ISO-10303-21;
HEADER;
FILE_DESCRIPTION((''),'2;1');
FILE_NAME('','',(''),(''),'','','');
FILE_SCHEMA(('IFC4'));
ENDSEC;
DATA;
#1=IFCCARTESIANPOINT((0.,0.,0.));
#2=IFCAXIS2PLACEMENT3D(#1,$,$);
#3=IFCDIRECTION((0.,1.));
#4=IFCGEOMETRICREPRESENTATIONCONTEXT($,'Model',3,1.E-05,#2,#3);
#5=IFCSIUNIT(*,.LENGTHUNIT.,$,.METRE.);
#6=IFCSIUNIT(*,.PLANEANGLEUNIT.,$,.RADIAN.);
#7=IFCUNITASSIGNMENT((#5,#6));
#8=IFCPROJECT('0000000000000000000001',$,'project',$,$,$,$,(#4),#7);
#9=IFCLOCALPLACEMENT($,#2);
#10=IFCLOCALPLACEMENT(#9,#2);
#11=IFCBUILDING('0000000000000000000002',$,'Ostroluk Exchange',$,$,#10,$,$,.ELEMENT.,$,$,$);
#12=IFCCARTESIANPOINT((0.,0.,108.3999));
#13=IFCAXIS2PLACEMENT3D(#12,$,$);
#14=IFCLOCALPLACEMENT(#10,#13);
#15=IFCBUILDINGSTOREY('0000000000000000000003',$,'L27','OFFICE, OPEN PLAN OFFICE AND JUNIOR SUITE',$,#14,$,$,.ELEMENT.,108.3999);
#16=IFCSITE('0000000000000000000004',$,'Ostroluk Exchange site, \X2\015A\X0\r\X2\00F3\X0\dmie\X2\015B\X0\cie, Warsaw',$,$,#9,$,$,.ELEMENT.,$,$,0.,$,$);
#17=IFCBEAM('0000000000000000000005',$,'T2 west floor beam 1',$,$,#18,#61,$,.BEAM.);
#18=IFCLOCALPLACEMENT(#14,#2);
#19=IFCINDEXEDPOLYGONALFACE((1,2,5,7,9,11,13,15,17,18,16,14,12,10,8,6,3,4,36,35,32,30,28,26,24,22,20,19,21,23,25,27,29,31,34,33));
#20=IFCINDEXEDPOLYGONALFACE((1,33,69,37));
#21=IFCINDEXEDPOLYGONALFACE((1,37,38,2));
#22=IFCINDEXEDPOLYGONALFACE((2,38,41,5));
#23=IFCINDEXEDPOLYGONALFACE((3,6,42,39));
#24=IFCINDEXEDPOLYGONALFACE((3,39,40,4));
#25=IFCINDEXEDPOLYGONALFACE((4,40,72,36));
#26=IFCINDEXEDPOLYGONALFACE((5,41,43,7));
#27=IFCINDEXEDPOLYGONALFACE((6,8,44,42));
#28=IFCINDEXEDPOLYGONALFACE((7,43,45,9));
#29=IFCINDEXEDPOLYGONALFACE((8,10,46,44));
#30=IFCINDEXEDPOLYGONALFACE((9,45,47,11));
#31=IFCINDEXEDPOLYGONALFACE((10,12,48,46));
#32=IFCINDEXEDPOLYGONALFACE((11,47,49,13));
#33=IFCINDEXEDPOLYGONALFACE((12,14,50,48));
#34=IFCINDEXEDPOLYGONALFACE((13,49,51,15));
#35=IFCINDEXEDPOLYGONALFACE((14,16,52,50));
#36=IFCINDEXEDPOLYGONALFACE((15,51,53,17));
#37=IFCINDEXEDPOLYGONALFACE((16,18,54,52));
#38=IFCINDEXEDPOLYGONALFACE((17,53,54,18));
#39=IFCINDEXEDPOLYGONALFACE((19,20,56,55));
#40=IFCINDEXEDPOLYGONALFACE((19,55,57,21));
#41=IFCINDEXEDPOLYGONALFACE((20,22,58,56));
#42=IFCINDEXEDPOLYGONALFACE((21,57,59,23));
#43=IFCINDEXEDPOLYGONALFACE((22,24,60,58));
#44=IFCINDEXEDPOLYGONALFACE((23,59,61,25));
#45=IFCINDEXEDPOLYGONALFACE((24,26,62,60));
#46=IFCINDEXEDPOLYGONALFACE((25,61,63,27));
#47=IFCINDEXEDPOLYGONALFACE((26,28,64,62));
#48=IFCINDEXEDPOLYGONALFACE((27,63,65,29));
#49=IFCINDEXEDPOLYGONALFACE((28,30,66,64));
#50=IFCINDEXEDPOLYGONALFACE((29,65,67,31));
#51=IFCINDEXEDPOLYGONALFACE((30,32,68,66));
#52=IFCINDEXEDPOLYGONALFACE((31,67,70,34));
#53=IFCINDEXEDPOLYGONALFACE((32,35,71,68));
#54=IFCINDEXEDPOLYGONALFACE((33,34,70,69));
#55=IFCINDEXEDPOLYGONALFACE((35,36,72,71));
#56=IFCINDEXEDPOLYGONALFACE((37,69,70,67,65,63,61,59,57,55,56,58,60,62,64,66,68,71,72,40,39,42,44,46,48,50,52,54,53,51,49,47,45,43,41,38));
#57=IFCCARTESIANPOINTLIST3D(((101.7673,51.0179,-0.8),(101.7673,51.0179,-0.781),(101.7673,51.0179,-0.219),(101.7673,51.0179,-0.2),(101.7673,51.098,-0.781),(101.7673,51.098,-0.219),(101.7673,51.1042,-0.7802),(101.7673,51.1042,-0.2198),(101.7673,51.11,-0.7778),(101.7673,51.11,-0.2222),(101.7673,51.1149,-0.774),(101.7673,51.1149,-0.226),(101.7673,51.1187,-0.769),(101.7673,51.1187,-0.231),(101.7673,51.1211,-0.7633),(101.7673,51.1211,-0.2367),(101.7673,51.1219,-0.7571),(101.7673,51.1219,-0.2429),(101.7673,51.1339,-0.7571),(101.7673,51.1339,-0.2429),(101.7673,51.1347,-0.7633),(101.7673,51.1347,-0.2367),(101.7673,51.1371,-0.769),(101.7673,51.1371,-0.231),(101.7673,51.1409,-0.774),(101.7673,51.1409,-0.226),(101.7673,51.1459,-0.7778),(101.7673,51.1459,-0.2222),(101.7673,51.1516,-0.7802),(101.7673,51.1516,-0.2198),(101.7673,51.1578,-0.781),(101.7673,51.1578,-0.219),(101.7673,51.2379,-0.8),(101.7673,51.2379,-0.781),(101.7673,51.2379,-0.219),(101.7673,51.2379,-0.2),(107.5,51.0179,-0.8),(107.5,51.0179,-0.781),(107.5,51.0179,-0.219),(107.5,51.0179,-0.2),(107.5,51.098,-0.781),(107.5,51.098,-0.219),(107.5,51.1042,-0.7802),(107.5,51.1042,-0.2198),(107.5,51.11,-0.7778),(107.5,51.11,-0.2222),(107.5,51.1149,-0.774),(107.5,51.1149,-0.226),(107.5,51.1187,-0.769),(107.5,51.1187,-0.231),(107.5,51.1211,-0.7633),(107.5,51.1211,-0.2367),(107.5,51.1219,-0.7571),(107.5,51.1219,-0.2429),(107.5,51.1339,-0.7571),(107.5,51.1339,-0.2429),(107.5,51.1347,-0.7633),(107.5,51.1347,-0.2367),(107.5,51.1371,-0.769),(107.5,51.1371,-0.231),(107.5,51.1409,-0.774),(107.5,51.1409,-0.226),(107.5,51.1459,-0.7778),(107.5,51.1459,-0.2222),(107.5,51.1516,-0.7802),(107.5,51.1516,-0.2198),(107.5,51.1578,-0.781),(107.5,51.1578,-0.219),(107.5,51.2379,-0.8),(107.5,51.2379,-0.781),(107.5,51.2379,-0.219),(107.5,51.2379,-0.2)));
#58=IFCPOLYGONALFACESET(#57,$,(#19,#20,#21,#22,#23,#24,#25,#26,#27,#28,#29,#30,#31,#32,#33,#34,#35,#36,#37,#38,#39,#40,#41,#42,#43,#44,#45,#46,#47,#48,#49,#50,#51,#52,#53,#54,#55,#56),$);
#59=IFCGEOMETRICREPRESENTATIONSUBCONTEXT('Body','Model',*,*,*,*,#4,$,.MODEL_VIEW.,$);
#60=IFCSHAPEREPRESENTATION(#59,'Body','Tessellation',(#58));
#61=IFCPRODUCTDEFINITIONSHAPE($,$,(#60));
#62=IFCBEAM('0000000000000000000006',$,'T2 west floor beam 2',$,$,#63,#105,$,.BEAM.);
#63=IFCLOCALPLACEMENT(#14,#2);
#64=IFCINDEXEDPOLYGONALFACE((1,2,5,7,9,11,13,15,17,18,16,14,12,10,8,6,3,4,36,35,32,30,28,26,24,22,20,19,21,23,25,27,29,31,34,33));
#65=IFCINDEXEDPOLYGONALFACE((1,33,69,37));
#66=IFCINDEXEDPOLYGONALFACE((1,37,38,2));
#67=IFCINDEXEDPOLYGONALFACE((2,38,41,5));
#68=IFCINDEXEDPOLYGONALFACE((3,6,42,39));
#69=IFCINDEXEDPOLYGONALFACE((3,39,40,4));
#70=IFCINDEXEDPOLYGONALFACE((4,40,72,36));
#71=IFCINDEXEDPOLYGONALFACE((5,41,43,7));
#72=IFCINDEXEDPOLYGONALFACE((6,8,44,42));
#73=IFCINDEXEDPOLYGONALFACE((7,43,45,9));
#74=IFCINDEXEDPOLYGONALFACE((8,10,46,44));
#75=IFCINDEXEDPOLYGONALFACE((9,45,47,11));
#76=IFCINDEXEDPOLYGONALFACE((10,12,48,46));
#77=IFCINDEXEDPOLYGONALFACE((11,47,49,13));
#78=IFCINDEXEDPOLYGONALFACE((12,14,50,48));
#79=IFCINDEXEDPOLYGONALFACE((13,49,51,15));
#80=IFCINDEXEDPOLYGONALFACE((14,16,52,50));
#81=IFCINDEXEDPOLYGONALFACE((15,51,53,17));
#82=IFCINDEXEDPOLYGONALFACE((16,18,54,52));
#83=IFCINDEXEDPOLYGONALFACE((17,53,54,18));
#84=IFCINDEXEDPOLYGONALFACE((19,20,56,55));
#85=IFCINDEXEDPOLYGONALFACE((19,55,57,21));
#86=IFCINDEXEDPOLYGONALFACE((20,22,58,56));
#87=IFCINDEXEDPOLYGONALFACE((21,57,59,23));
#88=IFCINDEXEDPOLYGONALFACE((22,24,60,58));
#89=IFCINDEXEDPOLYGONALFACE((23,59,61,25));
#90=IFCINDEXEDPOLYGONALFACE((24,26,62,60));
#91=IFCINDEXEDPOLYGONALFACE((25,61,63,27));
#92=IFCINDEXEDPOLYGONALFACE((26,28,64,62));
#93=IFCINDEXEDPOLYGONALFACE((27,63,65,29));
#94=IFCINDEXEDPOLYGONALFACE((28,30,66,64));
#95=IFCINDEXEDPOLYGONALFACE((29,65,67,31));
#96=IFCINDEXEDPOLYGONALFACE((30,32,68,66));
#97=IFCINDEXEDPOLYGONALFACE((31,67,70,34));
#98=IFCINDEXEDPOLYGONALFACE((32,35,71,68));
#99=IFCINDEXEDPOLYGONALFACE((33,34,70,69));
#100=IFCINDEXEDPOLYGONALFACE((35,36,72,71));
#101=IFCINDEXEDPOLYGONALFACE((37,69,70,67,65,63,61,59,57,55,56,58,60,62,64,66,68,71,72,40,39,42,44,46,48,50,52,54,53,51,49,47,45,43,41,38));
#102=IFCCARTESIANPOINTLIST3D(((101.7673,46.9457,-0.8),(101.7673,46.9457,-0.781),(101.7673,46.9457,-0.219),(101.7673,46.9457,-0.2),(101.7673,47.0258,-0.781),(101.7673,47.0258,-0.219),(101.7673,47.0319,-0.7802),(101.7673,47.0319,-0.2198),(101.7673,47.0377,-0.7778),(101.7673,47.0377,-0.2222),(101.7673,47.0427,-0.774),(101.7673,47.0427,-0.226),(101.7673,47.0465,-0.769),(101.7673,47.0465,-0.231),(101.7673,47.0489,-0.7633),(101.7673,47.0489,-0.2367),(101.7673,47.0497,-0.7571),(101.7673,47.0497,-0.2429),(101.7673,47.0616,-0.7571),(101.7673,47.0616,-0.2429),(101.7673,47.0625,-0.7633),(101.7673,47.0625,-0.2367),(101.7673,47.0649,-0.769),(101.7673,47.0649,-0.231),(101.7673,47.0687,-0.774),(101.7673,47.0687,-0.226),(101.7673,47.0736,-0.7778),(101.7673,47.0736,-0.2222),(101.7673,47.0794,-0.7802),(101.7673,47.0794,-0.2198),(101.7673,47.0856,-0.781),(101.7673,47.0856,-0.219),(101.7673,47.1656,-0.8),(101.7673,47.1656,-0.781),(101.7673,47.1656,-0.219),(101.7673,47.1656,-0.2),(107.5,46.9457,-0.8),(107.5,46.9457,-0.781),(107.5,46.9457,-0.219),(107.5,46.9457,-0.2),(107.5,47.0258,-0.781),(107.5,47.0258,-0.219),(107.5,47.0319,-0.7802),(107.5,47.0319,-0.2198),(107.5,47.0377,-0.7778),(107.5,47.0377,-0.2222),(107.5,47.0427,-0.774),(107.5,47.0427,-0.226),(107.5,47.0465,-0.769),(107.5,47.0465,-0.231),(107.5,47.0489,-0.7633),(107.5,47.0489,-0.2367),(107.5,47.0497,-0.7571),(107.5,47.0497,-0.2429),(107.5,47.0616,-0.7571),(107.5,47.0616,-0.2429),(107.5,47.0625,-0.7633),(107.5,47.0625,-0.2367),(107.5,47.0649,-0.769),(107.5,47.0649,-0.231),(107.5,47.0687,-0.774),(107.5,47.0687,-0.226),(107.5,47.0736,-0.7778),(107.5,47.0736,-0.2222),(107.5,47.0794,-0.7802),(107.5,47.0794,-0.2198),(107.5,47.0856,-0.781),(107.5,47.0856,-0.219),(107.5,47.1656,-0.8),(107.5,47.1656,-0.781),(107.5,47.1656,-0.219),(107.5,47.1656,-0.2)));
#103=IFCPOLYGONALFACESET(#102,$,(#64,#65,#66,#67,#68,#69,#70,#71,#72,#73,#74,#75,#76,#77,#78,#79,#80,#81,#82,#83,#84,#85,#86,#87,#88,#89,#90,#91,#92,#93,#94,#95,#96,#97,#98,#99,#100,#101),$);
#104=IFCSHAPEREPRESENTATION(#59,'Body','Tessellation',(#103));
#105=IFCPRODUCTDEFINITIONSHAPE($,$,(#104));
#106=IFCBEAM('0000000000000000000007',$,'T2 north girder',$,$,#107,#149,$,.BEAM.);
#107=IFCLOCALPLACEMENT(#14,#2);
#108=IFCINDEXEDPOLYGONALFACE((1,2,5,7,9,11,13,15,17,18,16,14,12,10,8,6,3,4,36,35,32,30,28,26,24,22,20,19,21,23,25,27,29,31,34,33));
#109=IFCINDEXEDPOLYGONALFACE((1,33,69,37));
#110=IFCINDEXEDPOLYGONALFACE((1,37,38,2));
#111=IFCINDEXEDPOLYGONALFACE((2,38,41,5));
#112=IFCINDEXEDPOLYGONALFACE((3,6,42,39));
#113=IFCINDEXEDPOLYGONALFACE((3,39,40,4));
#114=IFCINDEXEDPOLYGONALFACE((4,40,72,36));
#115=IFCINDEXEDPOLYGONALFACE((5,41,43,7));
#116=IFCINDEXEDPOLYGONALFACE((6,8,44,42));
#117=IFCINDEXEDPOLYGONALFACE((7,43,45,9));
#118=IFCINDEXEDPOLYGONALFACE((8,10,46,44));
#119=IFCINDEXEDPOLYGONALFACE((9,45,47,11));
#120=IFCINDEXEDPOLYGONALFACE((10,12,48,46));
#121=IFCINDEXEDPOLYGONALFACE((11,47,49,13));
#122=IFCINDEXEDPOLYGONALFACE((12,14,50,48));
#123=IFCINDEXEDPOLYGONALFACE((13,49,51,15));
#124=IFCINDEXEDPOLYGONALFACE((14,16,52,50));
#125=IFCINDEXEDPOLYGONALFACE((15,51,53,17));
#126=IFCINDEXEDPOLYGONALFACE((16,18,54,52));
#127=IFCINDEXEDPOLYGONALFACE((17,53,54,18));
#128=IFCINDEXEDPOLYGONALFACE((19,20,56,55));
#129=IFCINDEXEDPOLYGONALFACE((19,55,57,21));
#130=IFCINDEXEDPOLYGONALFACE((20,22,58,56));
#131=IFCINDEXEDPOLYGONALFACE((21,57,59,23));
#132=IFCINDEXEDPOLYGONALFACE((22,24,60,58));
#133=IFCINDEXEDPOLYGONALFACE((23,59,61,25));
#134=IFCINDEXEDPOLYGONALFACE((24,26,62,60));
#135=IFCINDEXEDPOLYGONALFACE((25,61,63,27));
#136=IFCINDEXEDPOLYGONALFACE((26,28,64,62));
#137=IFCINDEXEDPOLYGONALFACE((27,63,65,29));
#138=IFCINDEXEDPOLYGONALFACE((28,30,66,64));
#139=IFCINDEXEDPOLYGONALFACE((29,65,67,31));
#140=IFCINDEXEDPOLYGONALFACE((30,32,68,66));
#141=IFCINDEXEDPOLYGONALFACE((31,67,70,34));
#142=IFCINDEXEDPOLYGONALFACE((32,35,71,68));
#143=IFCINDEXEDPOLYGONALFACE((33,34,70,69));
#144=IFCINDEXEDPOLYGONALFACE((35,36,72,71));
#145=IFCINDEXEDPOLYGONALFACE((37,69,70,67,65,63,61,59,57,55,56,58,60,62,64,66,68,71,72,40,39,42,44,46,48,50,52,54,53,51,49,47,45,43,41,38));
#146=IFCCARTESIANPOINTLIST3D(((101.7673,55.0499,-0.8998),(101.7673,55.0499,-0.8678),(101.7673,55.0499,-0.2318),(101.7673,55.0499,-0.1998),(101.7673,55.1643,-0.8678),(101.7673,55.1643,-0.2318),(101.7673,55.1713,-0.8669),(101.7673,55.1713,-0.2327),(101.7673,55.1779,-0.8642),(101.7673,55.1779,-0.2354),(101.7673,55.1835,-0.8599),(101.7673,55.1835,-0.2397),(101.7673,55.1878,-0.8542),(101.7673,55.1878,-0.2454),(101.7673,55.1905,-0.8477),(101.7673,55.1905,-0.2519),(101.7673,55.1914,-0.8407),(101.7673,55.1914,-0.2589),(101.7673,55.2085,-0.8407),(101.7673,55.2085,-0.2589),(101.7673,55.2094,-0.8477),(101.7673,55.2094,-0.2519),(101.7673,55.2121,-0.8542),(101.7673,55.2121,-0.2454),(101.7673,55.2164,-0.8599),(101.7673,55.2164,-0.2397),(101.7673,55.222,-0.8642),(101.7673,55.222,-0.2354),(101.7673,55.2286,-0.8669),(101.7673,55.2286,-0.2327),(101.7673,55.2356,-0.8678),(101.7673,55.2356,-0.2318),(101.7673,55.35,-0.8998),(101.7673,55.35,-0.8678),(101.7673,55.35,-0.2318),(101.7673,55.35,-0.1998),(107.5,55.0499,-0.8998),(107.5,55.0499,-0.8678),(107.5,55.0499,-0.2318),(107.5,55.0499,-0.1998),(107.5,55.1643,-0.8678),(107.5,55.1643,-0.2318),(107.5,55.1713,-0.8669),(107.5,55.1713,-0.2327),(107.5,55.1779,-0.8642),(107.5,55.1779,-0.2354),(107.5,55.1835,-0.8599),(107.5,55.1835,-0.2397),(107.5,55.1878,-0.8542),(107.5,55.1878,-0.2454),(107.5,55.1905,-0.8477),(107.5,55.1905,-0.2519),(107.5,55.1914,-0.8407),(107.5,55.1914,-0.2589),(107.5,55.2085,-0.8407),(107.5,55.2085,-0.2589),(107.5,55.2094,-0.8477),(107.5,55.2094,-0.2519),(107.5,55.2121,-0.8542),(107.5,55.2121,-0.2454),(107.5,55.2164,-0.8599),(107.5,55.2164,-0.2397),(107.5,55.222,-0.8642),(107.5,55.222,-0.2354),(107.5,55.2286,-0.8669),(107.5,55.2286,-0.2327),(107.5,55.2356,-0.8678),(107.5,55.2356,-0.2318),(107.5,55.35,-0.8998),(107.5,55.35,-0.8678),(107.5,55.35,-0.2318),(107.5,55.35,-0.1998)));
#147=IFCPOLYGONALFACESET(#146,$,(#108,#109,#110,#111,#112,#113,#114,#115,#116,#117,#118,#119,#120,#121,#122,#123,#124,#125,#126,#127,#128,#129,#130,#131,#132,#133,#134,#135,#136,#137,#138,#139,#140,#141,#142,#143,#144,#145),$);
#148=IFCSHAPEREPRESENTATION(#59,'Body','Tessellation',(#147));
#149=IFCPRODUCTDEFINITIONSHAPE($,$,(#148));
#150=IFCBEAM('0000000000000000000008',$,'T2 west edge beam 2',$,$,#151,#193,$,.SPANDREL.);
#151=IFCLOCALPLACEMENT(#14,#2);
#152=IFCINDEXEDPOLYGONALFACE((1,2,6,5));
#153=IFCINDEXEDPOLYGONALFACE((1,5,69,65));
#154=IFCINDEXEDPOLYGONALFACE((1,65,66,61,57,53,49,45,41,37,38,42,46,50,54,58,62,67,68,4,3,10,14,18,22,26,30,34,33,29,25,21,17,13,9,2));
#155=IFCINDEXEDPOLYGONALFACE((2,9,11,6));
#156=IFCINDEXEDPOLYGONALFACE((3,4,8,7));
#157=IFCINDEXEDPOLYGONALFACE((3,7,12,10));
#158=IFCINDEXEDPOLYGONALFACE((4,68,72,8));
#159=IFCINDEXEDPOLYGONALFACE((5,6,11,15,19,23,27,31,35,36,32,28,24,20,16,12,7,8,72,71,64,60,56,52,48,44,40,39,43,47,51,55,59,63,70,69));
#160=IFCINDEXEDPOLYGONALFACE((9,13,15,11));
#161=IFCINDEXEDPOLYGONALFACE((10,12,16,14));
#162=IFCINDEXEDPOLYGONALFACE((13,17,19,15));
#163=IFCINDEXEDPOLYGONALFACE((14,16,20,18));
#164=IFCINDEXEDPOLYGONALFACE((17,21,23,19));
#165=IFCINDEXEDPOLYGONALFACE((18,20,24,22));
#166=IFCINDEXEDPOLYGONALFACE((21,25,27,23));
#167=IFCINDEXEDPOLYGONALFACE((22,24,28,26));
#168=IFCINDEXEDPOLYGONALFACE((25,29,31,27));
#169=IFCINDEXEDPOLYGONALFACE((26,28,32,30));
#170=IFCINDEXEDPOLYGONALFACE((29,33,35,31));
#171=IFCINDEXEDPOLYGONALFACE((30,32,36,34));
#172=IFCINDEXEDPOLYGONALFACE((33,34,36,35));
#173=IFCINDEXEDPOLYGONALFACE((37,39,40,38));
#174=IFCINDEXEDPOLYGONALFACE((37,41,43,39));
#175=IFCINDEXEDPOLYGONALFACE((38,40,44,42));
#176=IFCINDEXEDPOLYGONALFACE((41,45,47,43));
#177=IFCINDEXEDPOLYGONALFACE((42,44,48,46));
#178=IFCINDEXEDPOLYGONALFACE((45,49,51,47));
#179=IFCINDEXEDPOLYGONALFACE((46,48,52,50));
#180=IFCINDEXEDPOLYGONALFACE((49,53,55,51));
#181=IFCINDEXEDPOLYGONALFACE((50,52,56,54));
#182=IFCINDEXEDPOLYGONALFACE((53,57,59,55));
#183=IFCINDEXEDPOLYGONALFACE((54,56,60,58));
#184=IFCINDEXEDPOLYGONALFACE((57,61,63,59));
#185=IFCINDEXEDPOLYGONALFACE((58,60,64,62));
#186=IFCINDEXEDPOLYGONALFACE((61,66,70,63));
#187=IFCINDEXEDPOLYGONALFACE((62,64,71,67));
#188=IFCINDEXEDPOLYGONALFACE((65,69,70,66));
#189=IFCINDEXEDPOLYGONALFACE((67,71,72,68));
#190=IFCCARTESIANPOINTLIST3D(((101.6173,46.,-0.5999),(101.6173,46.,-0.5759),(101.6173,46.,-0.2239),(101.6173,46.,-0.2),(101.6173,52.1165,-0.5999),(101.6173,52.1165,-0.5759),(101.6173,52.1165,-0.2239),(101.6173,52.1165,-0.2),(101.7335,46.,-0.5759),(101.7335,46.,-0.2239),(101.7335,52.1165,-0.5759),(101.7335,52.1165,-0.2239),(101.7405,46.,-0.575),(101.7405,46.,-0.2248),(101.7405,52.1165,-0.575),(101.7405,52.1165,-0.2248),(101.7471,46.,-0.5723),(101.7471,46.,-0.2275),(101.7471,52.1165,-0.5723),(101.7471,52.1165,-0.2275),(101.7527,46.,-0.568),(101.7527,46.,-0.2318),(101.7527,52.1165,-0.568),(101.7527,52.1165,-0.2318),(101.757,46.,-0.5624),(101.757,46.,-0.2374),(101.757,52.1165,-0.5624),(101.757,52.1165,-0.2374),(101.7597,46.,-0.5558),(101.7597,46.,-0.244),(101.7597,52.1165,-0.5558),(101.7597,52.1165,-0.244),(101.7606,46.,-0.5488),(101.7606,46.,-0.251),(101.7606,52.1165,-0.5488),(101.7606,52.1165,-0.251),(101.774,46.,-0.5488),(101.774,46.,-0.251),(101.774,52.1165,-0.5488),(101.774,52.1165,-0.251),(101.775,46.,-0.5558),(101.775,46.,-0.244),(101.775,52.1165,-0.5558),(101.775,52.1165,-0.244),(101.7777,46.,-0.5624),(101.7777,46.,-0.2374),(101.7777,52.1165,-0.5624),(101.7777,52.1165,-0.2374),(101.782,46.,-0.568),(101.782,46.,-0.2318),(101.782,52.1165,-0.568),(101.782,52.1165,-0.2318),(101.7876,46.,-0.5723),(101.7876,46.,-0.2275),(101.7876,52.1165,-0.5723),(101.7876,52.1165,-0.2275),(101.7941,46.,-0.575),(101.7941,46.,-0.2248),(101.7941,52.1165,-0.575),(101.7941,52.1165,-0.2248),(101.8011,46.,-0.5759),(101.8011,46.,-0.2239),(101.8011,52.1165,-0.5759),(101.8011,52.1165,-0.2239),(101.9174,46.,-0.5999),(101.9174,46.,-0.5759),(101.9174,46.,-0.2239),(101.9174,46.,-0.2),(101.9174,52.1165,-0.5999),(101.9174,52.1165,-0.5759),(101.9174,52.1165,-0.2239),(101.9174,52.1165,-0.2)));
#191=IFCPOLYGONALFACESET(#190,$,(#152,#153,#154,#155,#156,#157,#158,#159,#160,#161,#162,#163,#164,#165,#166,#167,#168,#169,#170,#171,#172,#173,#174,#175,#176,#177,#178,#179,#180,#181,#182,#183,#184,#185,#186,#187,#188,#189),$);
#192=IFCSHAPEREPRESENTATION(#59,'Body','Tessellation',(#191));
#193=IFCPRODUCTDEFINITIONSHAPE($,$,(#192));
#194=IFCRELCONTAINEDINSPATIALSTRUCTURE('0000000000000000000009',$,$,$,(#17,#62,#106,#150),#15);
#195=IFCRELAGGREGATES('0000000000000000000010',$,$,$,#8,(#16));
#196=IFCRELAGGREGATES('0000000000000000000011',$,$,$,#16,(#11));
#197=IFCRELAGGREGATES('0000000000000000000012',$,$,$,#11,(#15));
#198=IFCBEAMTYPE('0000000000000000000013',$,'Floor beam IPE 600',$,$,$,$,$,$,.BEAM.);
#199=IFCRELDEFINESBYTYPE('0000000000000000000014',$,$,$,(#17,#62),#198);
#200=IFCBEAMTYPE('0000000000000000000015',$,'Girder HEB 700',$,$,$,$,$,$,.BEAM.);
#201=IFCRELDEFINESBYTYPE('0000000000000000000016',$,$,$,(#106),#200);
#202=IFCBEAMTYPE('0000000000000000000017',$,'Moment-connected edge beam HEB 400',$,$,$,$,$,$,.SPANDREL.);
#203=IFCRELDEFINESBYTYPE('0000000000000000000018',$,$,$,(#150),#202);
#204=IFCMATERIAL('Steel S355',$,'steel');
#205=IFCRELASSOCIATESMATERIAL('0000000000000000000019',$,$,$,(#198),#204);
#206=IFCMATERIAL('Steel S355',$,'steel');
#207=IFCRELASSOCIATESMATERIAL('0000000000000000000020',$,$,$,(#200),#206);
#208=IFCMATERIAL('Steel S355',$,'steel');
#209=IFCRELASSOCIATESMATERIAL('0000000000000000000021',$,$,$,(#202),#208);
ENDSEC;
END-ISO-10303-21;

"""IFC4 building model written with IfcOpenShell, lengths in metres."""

from ifc_helpers import new_model, si_unit, direction, frame, origin, origin_2d, place, context, subcontext, project, spatial, i_section, extrude, material, material_profile, profile_set, type_object, element, save


model = new_model("IFC4")

# Units and contexts
model_context = context("Model", 3, precision=1e-05, world=origin(), true_north=direction((0.0, 1.0)))
body_context = subcontext(model_context, "Body", "Model", "MODEL_VIEW")
ifc_project = project(units=[si_unit("LENGTHUNIT", "METRE"), si_unit("PLANEANGLEUNIT", "RADIAN")], contexts=[model_context])

# Site, building, storey
site_placement = place(None, origin())
site = spatial("IfcSite", under=ifc_project, at=site_placement, Name="Ostroluk Exchange site, Śródmieście, Warsaw", CompositionType="ELEMENT", RefElevation=0.0)
building_placement = place(site_placement, origin())
building = spatial("IfcBuilding", under=site, at=building_placement, Name="Ostroluk Exchange", CompositionType="ELEMENT")
storey_placement = place(building_placement, frame((0.0, 0.0, 108.3999)))
storey = spatial("IfcBuildingStorey", under=building, at=storey_placement, Name="L27", Description="OFFICE, OPEN PLAN OFFICE AND JUNIOR SUITE", CompositionType="ELEMENT", Elevation=108.3999)

# Beams
ifc_material_1 = material(Name="Steel S355", Category="steel")
ifc_material_profile_1 = material_profile(ifc_material_1, i_section(OverallWidth=0.22, OverallDepth=0.6001, WebThickness=0.012, FlangeThickness=0.019, FilletRadius=0.0239, at=origin_2d()), Name="IPE 600")
ifc_profile_set_1 = profile_set([ifc_material_profile_1], Name="Steel S355")
beam_type_1 = type_object("IfcBeamType", Name="Floor beam IPE 600", PredefinedType="BEAM", material=ifc_profile_set_1)
for number, where, z_axis, x_axis, name in (
    (1, (107.5, 51.1279, -0.5), (-1.0, 0.0, 0.0), (0.0, -1.0, 0.0), "T2 west floor beam 1"),
    (2, (107.5, 47.0557, -0.5), (-1.0, 0.0, 0.0), (0.0, -1.0, 0.0), "T2 west floor beam 2"),
):
    element("IfcBeam", number, at=place(storey_placement, frame(where, z_axis=z_axis, x_axis=x_axis)), inside=storey, type_object=beam_type_1, Name=name, PredefinedType="BEAM", context=body_context, shape_type="SweptSolid", body=[
        extrude(i_section(OverallWidth=0.22, OverallDepth=0.6001, WebThickness=0.012, FlangeThickness=0.019, FilletRadius=0.0239, at=origin_2d()), origin(), (0.0, 0.0, 1.0), 5.7327),
    ])
ifc_material_2 = material(Name="Steel S355", Category="steel")
ifc_material_profile_2 = material_profile(ifc_material_2, i_section(OverallWidth=0.3, OverallDepth=0.7, WebThickness=0.0171, FlangeThickness=0.032, FilletRadius=0.0271, at=origin_2d()), Name="HEB 700")
ifc_profile_set_2 = profile_set([ifc_material_profile_2], Name="Steel S355")
beam_type_2 = type_object("IfcBeamType", Name="Girder HEB 700", PredefinedType="BEAM", material=ifc_profile_set_2)
beam_1_placement = place(storey_placement, frame((107.5, 55.2, -0.5498), z_axis=(-1.0, 0.0, 0.0), x_axis=(0.0, -1.0, 0.0)))
element("IfcBeam", 3, at=beam_1_placement, inside=storey, type_object=beam_type_2, Name="T2 north girder", PredefinedType="BEAM", context=body_context, shape_type="SweptSolid", body=[
    extrude(i_section(OverallWidth=0.3, OverallDepth=0.7, WebThickness=0.0171, FlangeThickness=0.032, FilletRadius=0.0271, at=origin_2d()), origin(), (0.0, 0.0, 1.0), 5.7327),
])
ifc_material_3 = material(Name="Steel S355", Category="steel")
ifc_material_profile_3 = material_profile(ifc_material_3, i_section(OverallWidth=0.3, OverallDepth=0.3999, WebThickness=0.0134, FlangeThickness=0.0239, FilletRadius=0.0271, at=origin_2d()), Name="HEB 400")
ifc_profile_set_3 = profile_set([ifc_material_profile_3], Name="Steel S355")
beam_type_3 = type_object("IfcBeamType", Name="Moment-connected edge beam HEB 400", PredefinedType="SPANDREL", material=ifc_profile_set_3)
for number, where, z_axis, x_axis, name in (
    (4, (101.7673, 52.1165, -0.3999), (0.0, -1.0, 0.0), (1.0, 0.0, 0.0), "T2 west edge beam 2"),
):
    element("IfcBeam", number, at=place(storey_placement, frame(where, z_axis=z_axis, x_axis=x_axis)), inside=storey, type_object=beam_type_3, Name=name, PredefinedType="SPANDREL", context=body_context, shape_type="SweptSolid", body=[
        extrude(i_section(OverallWidth=0.3, OverallDepth=0.3999, WebThickness=0.0134, FlangeThickness=0.0239, FilletRadius=0.0271, at=origin_2d()), origin(), (0.0, 0.0, 1.0), 6.1165),
    ])

save(model, "model.ifc")
